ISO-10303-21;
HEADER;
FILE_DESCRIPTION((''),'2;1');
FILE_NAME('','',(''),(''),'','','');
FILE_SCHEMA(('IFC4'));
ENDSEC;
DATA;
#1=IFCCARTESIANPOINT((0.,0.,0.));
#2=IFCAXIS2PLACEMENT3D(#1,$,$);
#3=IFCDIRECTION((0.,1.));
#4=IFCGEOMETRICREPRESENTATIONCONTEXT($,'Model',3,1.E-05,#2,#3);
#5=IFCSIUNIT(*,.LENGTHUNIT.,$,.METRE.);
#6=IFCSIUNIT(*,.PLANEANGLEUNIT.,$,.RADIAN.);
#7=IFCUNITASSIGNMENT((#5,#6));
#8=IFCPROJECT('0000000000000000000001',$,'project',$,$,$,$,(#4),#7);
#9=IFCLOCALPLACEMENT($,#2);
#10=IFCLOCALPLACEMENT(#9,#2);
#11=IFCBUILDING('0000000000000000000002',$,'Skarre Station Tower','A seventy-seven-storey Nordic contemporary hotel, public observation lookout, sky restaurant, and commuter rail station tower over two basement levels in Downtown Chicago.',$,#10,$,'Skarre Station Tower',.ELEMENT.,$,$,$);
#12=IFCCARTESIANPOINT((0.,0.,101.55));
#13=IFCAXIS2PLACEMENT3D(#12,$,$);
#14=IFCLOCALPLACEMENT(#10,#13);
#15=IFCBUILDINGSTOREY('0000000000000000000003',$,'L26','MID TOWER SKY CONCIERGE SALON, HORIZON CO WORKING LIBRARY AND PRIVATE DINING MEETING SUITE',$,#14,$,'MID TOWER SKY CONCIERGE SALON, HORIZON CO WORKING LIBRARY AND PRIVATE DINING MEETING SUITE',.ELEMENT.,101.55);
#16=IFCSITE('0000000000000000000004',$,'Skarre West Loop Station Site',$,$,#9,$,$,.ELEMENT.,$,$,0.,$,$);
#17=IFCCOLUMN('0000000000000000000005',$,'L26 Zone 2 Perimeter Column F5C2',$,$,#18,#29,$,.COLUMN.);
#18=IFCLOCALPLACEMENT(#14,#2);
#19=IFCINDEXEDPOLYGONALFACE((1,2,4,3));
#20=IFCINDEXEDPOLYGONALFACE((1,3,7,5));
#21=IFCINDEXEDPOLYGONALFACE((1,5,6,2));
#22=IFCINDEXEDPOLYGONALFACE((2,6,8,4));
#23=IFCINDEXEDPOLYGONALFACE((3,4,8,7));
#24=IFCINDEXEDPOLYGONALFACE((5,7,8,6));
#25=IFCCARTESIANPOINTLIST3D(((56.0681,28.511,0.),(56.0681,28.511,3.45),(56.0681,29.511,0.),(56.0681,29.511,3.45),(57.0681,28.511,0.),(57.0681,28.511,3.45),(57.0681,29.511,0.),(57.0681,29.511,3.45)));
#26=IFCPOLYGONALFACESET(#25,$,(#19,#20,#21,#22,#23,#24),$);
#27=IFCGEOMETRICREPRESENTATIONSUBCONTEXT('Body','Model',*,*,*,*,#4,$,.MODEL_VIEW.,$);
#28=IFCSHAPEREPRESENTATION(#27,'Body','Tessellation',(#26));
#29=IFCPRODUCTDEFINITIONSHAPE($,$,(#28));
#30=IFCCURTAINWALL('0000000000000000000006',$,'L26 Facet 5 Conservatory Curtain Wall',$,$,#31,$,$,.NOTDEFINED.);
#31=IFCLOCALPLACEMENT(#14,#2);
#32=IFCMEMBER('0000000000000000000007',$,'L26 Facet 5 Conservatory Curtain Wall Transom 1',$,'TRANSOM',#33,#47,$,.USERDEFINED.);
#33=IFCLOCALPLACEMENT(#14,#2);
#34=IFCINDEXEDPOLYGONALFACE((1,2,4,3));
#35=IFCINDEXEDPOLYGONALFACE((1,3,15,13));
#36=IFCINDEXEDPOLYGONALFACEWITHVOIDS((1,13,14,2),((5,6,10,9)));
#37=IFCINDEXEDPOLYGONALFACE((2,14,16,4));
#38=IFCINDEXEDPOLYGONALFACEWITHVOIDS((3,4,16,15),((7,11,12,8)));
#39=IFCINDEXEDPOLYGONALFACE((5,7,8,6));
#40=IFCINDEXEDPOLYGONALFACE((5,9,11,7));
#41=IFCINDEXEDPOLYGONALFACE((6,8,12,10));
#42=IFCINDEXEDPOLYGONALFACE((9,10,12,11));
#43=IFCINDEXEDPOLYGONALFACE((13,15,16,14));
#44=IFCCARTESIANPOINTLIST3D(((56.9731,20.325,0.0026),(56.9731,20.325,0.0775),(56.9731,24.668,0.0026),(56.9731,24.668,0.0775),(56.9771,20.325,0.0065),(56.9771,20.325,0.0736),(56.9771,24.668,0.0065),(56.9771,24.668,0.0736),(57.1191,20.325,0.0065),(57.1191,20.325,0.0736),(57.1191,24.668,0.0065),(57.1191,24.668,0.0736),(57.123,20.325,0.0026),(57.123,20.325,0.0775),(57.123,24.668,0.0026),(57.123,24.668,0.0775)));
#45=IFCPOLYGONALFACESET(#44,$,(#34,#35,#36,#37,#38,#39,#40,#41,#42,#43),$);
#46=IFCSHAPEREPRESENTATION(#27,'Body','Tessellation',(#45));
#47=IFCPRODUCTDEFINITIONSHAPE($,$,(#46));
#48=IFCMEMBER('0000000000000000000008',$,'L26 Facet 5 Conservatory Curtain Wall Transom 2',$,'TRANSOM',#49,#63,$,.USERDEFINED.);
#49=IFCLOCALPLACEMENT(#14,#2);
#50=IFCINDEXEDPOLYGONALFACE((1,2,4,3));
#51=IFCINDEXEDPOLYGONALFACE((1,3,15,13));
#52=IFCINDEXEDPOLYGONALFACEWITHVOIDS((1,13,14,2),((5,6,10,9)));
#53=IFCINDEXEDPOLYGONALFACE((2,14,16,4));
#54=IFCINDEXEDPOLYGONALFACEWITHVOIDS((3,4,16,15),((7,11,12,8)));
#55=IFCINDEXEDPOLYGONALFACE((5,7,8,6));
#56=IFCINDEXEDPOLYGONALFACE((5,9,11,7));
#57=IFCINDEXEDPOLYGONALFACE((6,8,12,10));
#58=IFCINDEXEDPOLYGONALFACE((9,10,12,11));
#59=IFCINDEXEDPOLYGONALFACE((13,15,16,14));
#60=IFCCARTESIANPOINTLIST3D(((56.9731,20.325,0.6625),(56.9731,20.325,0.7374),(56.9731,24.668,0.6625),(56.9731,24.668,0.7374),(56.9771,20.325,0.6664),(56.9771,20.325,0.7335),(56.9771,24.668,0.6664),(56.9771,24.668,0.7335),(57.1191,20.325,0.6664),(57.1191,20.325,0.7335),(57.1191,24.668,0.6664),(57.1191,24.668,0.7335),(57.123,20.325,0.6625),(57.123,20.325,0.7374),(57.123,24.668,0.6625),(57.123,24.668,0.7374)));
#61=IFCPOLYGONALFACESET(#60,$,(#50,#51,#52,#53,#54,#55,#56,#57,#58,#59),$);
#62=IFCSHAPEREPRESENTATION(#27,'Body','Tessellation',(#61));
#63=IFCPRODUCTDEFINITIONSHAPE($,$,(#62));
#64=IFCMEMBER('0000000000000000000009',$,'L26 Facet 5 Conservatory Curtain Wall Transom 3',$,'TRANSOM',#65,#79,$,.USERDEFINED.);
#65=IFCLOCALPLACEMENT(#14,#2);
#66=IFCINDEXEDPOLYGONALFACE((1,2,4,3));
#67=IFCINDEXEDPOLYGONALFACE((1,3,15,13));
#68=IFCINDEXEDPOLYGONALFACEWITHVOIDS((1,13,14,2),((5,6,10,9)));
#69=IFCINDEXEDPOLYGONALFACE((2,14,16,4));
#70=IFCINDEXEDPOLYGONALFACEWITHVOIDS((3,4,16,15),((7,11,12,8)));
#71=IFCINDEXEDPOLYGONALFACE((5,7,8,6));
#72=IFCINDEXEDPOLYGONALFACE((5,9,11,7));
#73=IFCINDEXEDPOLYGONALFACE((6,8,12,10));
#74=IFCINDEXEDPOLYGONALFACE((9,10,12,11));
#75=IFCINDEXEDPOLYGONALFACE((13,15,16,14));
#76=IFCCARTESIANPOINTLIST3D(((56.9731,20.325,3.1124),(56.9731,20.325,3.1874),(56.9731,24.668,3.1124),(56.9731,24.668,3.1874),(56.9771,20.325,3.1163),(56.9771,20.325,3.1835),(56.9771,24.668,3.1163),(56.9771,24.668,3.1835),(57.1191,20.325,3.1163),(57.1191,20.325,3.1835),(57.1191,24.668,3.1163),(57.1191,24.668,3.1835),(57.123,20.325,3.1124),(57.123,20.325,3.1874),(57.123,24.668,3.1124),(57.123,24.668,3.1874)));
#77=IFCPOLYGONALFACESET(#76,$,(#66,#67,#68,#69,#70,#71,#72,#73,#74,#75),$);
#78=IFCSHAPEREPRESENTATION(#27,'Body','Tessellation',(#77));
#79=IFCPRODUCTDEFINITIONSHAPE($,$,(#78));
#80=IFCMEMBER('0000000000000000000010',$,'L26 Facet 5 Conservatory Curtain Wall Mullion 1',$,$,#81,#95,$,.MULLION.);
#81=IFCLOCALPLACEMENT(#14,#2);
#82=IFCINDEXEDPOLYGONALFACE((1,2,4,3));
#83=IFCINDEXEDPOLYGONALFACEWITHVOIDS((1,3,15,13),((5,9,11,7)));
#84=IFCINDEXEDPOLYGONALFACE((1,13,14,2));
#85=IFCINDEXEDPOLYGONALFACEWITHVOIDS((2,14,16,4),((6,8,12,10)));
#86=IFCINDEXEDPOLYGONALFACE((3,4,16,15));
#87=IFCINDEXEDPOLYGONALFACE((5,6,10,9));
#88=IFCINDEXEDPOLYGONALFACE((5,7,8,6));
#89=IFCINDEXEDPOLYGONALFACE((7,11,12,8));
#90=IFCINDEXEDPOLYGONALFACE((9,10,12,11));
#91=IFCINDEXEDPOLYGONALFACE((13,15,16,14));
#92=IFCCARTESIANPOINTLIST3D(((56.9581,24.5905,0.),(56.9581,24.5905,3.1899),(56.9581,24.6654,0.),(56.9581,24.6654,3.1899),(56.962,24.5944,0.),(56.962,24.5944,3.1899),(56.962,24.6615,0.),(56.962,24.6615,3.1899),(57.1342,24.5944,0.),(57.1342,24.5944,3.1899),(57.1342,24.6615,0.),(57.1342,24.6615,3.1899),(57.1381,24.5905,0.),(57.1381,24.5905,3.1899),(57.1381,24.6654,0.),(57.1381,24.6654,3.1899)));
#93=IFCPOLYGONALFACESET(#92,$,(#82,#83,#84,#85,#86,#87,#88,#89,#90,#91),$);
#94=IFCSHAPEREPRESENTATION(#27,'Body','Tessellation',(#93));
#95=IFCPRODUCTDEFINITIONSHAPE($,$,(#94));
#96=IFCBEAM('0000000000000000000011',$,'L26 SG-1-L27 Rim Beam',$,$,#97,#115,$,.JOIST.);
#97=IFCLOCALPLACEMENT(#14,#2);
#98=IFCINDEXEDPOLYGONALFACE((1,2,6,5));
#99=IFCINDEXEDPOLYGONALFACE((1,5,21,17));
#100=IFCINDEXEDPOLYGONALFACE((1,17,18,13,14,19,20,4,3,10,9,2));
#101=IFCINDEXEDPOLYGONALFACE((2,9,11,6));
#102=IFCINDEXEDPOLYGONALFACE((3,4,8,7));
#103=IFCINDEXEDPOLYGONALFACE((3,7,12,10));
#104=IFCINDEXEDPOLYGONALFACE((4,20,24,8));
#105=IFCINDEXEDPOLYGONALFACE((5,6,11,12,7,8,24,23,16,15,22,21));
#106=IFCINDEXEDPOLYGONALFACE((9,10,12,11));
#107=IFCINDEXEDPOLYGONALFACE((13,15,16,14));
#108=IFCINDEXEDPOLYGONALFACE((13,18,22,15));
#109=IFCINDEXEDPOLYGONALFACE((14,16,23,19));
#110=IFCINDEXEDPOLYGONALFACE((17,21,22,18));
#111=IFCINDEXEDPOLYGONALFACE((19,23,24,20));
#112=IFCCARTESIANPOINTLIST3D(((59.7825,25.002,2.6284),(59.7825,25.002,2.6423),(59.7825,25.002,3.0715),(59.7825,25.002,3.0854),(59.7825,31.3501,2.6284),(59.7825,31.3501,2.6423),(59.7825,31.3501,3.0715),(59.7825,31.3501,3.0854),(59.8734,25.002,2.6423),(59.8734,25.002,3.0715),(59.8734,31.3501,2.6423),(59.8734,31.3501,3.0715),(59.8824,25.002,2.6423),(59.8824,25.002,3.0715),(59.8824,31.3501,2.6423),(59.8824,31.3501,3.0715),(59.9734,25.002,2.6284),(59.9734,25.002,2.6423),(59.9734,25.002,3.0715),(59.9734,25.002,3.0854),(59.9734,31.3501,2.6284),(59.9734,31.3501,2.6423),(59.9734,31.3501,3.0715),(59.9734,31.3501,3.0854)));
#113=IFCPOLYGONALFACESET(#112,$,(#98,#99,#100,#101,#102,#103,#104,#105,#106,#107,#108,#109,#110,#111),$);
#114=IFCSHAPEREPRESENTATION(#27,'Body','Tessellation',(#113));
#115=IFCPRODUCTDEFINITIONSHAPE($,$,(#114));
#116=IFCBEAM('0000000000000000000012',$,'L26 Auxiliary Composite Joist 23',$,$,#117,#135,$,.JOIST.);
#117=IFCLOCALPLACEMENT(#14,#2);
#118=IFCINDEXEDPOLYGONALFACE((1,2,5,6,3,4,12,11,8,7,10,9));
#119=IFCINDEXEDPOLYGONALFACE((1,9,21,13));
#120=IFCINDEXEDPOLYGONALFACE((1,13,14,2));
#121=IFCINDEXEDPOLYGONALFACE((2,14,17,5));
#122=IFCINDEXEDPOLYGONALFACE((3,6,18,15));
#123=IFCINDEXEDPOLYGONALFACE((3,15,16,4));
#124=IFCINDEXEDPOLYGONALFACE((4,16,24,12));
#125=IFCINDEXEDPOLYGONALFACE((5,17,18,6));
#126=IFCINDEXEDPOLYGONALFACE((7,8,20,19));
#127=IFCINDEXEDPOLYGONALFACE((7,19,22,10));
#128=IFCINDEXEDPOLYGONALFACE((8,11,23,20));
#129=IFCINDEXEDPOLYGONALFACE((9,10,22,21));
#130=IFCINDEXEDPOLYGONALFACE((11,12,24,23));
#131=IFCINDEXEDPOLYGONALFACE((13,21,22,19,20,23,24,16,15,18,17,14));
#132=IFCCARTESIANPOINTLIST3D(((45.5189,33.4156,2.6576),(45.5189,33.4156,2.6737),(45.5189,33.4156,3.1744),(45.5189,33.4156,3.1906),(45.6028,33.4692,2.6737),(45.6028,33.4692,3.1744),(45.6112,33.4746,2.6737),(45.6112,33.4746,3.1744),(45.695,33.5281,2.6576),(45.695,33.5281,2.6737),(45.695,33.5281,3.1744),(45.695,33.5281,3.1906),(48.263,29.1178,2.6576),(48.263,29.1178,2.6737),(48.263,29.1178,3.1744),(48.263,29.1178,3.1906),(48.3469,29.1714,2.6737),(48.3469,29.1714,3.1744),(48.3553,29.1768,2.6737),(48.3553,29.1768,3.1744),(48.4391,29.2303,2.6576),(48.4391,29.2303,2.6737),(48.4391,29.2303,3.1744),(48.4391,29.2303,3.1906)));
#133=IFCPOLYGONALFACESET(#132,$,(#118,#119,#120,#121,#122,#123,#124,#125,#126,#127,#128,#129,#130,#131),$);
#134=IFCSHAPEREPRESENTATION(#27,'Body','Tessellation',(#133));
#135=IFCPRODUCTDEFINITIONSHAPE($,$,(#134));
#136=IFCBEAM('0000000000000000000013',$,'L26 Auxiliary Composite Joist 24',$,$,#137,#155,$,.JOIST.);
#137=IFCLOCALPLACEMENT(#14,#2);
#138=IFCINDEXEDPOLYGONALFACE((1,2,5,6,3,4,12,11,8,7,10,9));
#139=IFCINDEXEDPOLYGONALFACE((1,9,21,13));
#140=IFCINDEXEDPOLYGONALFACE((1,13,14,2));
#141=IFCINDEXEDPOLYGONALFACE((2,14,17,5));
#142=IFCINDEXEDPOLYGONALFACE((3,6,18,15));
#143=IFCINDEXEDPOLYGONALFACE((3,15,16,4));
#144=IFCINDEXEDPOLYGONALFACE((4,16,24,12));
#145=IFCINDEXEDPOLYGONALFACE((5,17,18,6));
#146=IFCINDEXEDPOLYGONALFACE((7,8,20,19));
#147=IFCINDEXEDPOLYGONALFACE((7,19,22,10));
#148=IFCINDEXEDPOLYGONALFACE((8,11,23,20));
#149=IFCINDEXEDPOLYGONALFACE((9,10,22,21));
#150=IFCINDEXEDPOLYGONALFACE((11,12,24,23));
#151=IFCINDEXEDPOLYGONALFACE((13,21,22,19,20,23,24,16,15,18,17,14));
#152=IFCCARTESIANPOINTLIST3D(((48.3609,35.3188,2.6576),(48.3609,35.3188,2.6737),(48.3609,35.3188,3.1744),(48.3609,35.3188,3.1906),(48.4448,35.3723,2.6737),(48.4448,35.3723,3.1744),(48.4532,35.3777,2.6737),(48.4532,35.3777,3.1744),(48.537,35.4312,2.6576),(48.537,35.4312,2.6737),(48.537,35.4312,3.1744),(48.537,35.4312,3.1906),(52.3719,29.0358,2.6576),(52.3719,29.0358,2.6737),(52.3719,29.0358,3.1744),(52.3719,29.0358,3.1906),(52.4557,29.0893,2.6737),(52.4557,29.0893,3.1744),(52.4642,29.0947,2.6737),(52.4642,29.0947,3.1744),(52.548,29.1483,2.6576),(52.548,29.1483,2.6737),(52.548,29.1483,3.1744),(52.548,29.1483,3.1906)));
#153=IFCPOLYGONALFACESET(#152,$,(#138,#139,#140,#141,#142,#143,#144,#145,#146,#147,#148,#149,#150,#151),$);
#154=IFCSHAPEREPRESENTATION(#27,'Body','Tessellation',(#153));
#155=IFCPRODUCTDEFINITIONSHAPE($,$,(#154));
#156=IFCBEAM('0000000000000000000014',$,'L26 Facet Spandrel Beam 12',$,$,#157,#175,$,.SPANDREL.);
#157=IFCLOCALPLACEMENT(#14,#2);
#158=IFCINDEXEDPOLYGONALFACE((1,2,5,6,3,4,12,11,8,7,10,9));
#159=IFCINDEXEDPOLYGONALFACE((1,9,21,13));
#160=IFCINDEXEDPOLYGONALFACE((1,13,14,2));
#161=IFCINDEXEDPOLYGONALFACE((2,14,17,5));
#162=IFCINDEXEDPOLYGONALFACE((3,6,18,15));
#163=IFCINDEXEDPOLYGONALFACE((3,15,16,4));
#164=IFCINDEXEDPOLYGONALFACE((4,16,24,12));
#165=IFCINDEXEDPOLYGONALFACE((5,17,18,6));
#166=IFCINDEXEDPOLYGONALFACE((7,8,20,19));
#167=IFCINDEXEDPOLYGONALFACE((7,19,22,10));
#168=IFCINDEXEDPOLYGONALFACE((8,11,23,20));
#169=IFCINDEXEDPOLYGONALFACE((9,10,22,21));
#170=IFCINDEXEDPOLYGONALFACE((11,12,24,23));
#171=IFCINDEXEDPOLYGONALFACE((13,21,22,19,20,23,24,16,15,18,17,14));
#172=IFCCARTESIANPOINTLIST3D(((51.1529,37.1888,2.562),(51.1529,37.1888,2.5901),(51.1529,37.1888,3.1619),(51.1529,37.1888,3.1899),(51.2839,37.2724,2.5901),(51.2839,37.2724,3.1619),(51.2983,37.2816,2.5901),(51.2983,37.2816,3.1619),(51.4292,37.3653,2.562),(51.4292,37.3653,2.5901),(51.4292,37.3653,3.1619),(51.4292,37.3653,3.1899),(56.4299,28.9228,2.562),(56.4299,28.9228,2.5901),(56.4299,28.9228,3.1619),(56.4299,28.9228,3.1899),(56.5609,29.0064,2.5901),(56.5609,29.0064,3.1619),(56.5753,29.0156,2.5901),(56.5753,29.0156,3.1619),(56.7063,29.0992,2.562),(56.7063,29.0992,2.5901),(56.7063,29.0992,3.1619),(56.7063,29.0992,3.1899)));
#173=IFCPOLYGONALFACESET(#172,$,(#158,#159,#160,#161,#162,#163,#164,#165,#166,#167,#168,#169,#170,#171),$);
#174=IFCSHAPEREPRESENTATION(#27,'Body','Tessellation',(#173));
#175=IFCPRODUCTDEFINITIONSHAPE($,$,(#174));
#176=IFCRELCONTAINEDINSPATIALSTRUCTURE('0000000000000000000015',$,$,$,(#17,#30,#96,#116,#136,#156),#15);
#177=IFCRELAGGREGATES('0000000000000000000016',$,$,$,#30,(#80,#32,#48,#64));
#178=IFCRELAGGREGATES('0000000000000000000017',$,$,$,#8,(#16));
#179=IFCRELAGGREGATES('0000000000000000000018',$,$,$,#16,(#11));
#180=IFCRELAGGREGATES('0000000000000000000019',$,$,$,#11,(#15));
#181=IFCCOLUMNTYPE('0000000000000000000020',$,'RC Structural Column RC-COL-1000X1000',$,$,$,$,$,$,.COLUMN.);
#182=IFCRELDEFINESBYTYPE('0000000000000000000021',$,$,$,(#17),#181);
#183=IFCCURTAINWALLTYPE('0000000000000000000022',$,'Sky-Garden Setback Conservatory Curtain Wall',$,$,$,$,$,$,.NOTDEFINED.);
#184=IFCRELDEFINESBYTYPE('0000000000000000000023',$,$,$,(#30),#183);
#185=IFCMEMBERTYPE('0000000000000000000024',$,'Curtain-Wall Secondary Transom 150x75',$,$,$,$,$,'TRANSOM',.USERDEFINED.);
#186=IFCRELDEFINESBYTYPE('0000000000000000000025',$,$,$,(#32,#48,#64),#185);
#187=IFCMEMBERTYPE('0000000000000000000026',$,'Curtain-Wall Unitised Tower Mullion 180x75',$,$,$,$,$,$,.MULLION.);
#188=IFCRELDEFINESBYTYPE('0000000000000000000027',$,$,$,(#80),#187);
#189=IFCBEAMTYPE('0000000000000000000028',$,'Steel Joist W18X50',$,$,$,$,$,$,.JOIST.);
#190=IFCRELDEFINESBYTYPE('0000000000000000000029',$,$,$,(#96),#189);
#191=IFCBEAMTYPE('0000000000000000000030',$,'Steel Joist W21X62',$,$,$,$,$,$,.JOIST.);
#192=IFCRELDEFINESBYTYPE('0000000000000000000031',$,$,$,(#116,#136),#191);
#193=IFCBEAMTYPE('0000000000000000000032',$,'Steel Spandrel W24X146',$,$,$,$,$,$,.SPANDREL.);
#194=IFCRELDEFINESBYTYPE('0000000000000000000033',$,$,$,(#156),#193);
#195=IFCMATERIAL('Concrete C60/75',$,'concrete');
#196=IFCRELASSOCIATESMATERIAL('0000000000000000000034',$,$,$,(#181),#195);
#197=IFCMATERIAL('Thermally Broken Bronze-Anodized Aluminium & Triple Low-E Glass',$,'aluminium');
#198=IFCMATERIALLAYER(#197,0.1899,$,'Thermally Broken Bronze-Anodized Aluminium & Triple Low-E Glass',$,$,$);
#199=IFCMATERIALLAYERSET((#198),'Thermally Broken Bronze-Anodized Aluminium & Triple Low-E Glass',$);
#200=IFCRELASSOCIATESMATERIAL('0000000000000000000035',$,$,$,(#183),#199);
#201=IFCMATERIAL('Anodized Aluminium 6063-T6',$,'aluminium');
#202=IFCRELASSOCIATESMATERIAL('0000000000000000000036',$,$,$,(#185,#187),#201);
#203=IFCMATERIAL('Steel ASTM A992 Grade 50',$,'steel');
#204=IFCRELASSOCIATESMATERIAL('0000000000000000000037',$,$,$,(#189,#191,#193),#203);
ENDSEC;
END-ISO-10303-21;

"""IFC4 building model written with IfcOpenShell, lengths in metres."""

from ifc_helpers import new_model, si_unit, direction, frame, origin, origin_2d, place, context, subcontext, project, spatial, rectangle, hollow_rectangle, i_section, extrude, material, layer, layer_set, material_profile, profile_set, type_object, element, aggregate, save


model = new_model("IFC4")

# Units and contexts
model_context = context("Model", 3, precision=1e-05, world=origin(), true_north=direction((0.0, 1.0)))
body_context = subcontext(model_context, "Body", "Model", "MODEL_VIEW")
ifc_project = project(units=[si_unit("LENGTHUNIT", "METRE"), si_unit("PLANEANGLEUNIT", "RADIAN")], contexts=[model_context])

# Site, building, storey
site_placement = place(None, origin())
site = spatial("IfcSite", under=ifc_project, at=site_placement, Name="Skarre West Loop Station Site", CompositionType="ELEMENT", RefElevation=0.0)
building_placement = place(site_placement, origin())
building = spatial("IfcBuilding", under=site, at=building_placement, Name="Skarre Station Tower", Description="A seventy-seven-storey Nordic contemporary hotel, public observation lookout, sky restaurant, and commuter rail station tower over two basement levels in Downtown Chicago.", LongName="Skarre Station Tower", CompositionType="ELEMENT")
storey_placement = place(building_placement, frame((0.0, 0.0, 101.55)))
storey = spatial("IfcBuildingStorey", under=building, at=storey_placement, Name="L26", Description="MID TOWER SKY CONCIERGE SALON, HORIZON CO WORKING LIBRARY AND PRIVATE DINING MEETING SUITE", LongName="MID TOWER SKY CONCIERGE SALON, HORIZON CO WORKING LIBRARY AND PRIVATE DINING MEETING SUITE", CompositionType="ELEMENT", Elevation=101.55)

# Column
ifc_material_1 = material(Name="Concrete C60/75", Category="concrete")
ifc_material_profile_1 = material_profile(ifc_material_1, rectangle(XDim=1.0, YDim=1.0, at=origin_2d()), Name="Concrete C60/75")
ifc_profile_set_1 = profile_set([ifc_material_profile_1], Name="Concrete C60/75")
column_type = type_object("IfcColumnType", Name="RC Structural Column RC-COL-1000X1000", PredefinedType="COLUMN", material=ifc_profile_set_1)
column_placement = place(storey_placement, frame((56.5681, 29.011, 0.0), z_axis=(0.0, 0.0, 1.0), x_axis=(1.0, 0.0, 0.0)))
element("IfcColumn", 1, at=column_placement, inside=storey, type_object=column_type, Name="L26 Zone 2 Perimeter Column F5C2", PredefinedType="COLUMN", context=body_context, shape_type="SweptSolid", body=[
    extrude(rectangle(XDim=1.0, YDim=1.0, at=origin_2d()), origin(), (0.0, 0.0, 1.0), 3.45),
])

# Curtain wall, members
ifc_material_2 = material(Name="Thermally Broken Bronze-Anodized Aluminium & Triple Low-E Glass", Category="aluminium")
ifc_layer_1 = layer(ifc_material_2, 0.1899, Name="Thermally Broken Bronze-Anodized Aluminium & Triple Low-E Glass")
ifc_layer_set_1 = layer_set([ifc_layer_1], Name="Thermally Broken Bronze-Anodized Aluminium & Triple Low-E Glass")
curtain_wall_type = type_object("IfcCurtainWallType", Name="Sky-Garden Setback Conservatory Curtain Wall", PredefinedType="NOTDEFINED", material=ifc_layer_set_1)
curtain_wall_placement = place(storey_placement, origin())
curtain_wall = element("IfcCurtainWall", 2, at=curtain_wall_placement, inside=storey, type_object=curtain_wall_type, Name="L26 Facet 5 Conservatory Curtain Wall", PredefinedType="NOTDEFINED")
ifc_material_3 = material(Name="Anodized Aluminium 6063-T6", Category="aluminium")
ifc_material_profile_2 = material_profile(ifc_material_3, hollow_rectangle(XDim=0.075, YDim=0.1499, WallThickness=0.0039, at=origin_2d()), Name="Anodized Aluminium 6063-T6")
ifc_profile_set_2 = profile_set([ifc_material_profile_2], Name="Anodized Aluminium 6063-T6")
member_type_1 = type_object("IfcMemberType", Name="Curtain-Wall Secondary Transom 150x75", ElementType="TRANSOM", PredefinedType="USERDEFINED", material=ifc_profile_set_2)
member_1_placement = place(storey_placement, frame((57.0481, 24.668, 0.04), z_axis=(0.0, -1.0, 0.0), x_axis=(0.0, 0.0, 1.0)))
member_1 = element("IfcMember", 3, at=member_1_placement, type_object=member_type_1, Name="L26 Facet 5 Conservatory Curtain Wall Transom 1", ObjectType="TRANSOM", PredefinedType="USERDEFINED", context=body_context, shape_type="SweptSolid", body=[
    extrude(hollow_rectangle(XDim=0.075, YDim=0.1499, WallThickness=0.0039, at=origin_2d()), origin(), (0.0, 0.0, 1.0), 4.343),
])
member_2_placement = place(storey_placement, frame((57.0481, 24.668, 0.7), z_axis=(0.0, -1.0, 0.0), x_axis=(0.0, 0.0, 1.0)))
member_2 = element("IfcMember", 4, at=member_2_placement, type_object=member_type_1, Name="L26 Facet 5 Conservatory Curtain Wall Transom 2", ObjectType="TRANSOM", PredefinedType="USERDEFINED", context=body_context, shape_type="SweptSolid", body=[
    extrude(hollow_rectangle(XDim=0.075, YDim=0.1499, WallThickness=0.0039, at=origin_2d()), origin(), (0.0, 0.0, 1.0), 4.343),
])
member_3_placement = place(storey_placement, frame((57.0481, 24.668, 3.1499), z_axis=(0.0, -1.0, 0.0), x_axis=(0.0, 0.0, 1.0)))
member_3 = element("IfcMember", 5, at=member_3_placement, type_object=member_type_1, Name="L26 Facet 5 Conservatory Curtain Wall Transom 3", ObjectType="TRANSOM", PredefinedType="USERDEFINED", context=body_context, shape_type="SweptSolid", body=[
    extrude(hollow_rectangle(XDim=0.075, YDim=0.1499, WallThickness=0.0039, at=origin_2d()), origin(), (0.0, 0.0, 1.0), 4.343),
])
ifc_material_profile_3 = material_profile(ifc_material_3, hollow_rectangle(XDim=0.075, YDim=0.1799, WallThickness=0.0039, at=origin_2d()), Name="Anodized Aluminium 6063-T6")
ifc_profile_set_3 = profile_set([ifc_material_profile_3], Name="Anodized Aluminium 6063-T6")
member_type_2 = type_object("IfcMemberType", Name="Curtain-Wall Unitised Tower Mullion 180x75", PredefinedType="MULLION", material=ifc_profile_set_3)
member_4_placement = place(storey_placement, frame((57.0481, 24.6279, 0.0), z_axis=(0.0, 0.0, 1.0), x_axis=(0.0, -1.0, 0.0)))
member_4 = element("IfcMember", 6, at=member_4_placement, type_object=member_type_2, Name="L26 Facet 5 Conservatory Curtain Wall Mullion 1", PredefinedType="MULLION", context=body_context, shape_type="SweptSolid", body=[
    extrude(hollow_rectangle(XDim=0.075, YDim=0.1799, WallThickness=0.0039, at=origin_2d()), origin(), (0.0, 0.0, 1.0), 3.1899),
])
aggregate(curtain_wall, [member_4, member_1, member_2, member_3])

# Beams
ifc_material_4 = material(Name="Steel ASTM A992 Grade 50", Category="steel")
ifc_material_profile_4 = material_profile(ifc_material_4, i_section(OverallWidth=0.1909, OverallDepth=0.457, WebThickness=0.009, FlangeThickness=0.0139, at=origin_2d()), Name="Steel ASTM A992 Grade 50")
ifc_profile_set_4 = profile_set([ifc_material_profile_4], Name="Steel ASTM A992 Grade 50")
beam_type_1 = type_object("IfcBeamType", Name="Steel Joist W18X50", PredefinedType="JOIST", material=ifc_profile_set_4)
beam_1_placement = place(storey_placement, frame((59.8779, 31.3501, 2.8569), z_axis=(0.0, -1.0, 0.0), x_axis=(1.0, 0.0, 0.0)))
element("IfcBeam", 7, at=beam_1_placement, inside=storey, type_object=beam_type_1, Name="L26 SG-1-L27 Rim Beam", PredefinedType="JOIST", context=body_context, shape_type="SweptSolid", body=[
    extrude(i_section(OverallWidth=0.1909, OverallDepth=0.457, WebThickness=0.009, FlangeThickness=0.0139, at=origin_2d()), origin(), (0.0, 0.0, 1.0), 6.3481),
])
ifc_material_profile_5 = material_profile(ifc_material_4, i_section(OverallWidth=0.209, OverallDepth=0.533, WebThickness=0.01, FlangeThickness=0.0161, at=origin_2d()), Name="Steel ASTM A992 Grade 50")
ifc_profile_set_5 = profile_set([ifc_material_profile_5], Name="Steel ASTM A992 Grade 50")
beam_type_2 = type_object("IfcBeamType", Name="Steel Joist W21X62", PredefinedType="JOIST", material=ifc_profile_set_5)
beam_2_placement = place(storey_placement, frame((48.3511, 29.1741, 2.9241), z_axis=(-0.538151, 0.842848, 0.0), x_axis=(-0.842848, -0.538151, 0.0)))
element("IfcBeam", 8, at=beam_2_placement, inside=storey, type_object=beam_type_2, Name="L26 Auxiliary Composite Joist 23", PredefinedType="JOIST", context=body_context, shape_type="SweptSolid", body=[
    extrude(i_section(OverallWidth=0.209, OverallDepth=0.533, WebThickness=0.01, FlangeThickness=0.0161, at=origin_2d()), origin(), (0.0, 0.0, 1.0), 5.0991),
])
beam_3_placement = place(storey_placement, frame((52.46, 29.092, 2.9241), z_axis=(-0.538091, 0.842886, 0.0), x_axis=(-0.842886, -0.538091, 0.0)))
element("IfcBeam", 9, at=beam_3_placement, inside=storey, type_object=beam_type_2, Name="L26 Auxiliary Composite Joist 24", PredefinedType="JOIST", context=body_context, shape_type="SweptSolid", body=[
    extrude(i_section(OverallWidth=0.209, OverallDepth=0.533, WebThickness=0.01, FlangeThickness=0.0161, at=origin_2d()), origin(), (0.0, 0.0, 1.0), 7.4541),
])
ifc_material_profile_6 = material_profile(ifc_material_4, i_section(OverallWidth=0.3279, OverallDepth=0.6279, WebThickness=0.0171, FlangeThickness=0.0281, at=origin_2d()), Name="Steel ASTM A992 Grade 50")
ifc_profile_set_6 = profile_set([ifc_material_profile_6], Name="Steel ASTM A992 Grade 50")
beam_type_3 = type_object("IfcBeamType", Name="Steel Spandrel W24X146", PredefinedType="SPANDREL", material=ifc_profile_set_6)
beam_4_placement = place(storey_placement, frame((56.5681, 29.011, 2.876), z_axis=(-0.538098, 0.842883, 0.0), x_axis=(-0.842883, -0.538098, 0.0)))
element("IfcBeam", 10, at=beam_4_placement, inside=storey, type_object=beam_type_3, Name="L26 Facet Spandrel Beam 12", PredefinedType="SPANDREL", context=body_context, shape_type="SweptSolid", body=[
    extrude(i_section(OverallWidth=0.3279, OverallDepth=0.6279, WebThickness=0.0171, FlangeThickness=0.0281, at=origin_2d()), origin(), (0.0, 0.0, 1.0), 9.8069),
])

save(model, "model.ifc")
